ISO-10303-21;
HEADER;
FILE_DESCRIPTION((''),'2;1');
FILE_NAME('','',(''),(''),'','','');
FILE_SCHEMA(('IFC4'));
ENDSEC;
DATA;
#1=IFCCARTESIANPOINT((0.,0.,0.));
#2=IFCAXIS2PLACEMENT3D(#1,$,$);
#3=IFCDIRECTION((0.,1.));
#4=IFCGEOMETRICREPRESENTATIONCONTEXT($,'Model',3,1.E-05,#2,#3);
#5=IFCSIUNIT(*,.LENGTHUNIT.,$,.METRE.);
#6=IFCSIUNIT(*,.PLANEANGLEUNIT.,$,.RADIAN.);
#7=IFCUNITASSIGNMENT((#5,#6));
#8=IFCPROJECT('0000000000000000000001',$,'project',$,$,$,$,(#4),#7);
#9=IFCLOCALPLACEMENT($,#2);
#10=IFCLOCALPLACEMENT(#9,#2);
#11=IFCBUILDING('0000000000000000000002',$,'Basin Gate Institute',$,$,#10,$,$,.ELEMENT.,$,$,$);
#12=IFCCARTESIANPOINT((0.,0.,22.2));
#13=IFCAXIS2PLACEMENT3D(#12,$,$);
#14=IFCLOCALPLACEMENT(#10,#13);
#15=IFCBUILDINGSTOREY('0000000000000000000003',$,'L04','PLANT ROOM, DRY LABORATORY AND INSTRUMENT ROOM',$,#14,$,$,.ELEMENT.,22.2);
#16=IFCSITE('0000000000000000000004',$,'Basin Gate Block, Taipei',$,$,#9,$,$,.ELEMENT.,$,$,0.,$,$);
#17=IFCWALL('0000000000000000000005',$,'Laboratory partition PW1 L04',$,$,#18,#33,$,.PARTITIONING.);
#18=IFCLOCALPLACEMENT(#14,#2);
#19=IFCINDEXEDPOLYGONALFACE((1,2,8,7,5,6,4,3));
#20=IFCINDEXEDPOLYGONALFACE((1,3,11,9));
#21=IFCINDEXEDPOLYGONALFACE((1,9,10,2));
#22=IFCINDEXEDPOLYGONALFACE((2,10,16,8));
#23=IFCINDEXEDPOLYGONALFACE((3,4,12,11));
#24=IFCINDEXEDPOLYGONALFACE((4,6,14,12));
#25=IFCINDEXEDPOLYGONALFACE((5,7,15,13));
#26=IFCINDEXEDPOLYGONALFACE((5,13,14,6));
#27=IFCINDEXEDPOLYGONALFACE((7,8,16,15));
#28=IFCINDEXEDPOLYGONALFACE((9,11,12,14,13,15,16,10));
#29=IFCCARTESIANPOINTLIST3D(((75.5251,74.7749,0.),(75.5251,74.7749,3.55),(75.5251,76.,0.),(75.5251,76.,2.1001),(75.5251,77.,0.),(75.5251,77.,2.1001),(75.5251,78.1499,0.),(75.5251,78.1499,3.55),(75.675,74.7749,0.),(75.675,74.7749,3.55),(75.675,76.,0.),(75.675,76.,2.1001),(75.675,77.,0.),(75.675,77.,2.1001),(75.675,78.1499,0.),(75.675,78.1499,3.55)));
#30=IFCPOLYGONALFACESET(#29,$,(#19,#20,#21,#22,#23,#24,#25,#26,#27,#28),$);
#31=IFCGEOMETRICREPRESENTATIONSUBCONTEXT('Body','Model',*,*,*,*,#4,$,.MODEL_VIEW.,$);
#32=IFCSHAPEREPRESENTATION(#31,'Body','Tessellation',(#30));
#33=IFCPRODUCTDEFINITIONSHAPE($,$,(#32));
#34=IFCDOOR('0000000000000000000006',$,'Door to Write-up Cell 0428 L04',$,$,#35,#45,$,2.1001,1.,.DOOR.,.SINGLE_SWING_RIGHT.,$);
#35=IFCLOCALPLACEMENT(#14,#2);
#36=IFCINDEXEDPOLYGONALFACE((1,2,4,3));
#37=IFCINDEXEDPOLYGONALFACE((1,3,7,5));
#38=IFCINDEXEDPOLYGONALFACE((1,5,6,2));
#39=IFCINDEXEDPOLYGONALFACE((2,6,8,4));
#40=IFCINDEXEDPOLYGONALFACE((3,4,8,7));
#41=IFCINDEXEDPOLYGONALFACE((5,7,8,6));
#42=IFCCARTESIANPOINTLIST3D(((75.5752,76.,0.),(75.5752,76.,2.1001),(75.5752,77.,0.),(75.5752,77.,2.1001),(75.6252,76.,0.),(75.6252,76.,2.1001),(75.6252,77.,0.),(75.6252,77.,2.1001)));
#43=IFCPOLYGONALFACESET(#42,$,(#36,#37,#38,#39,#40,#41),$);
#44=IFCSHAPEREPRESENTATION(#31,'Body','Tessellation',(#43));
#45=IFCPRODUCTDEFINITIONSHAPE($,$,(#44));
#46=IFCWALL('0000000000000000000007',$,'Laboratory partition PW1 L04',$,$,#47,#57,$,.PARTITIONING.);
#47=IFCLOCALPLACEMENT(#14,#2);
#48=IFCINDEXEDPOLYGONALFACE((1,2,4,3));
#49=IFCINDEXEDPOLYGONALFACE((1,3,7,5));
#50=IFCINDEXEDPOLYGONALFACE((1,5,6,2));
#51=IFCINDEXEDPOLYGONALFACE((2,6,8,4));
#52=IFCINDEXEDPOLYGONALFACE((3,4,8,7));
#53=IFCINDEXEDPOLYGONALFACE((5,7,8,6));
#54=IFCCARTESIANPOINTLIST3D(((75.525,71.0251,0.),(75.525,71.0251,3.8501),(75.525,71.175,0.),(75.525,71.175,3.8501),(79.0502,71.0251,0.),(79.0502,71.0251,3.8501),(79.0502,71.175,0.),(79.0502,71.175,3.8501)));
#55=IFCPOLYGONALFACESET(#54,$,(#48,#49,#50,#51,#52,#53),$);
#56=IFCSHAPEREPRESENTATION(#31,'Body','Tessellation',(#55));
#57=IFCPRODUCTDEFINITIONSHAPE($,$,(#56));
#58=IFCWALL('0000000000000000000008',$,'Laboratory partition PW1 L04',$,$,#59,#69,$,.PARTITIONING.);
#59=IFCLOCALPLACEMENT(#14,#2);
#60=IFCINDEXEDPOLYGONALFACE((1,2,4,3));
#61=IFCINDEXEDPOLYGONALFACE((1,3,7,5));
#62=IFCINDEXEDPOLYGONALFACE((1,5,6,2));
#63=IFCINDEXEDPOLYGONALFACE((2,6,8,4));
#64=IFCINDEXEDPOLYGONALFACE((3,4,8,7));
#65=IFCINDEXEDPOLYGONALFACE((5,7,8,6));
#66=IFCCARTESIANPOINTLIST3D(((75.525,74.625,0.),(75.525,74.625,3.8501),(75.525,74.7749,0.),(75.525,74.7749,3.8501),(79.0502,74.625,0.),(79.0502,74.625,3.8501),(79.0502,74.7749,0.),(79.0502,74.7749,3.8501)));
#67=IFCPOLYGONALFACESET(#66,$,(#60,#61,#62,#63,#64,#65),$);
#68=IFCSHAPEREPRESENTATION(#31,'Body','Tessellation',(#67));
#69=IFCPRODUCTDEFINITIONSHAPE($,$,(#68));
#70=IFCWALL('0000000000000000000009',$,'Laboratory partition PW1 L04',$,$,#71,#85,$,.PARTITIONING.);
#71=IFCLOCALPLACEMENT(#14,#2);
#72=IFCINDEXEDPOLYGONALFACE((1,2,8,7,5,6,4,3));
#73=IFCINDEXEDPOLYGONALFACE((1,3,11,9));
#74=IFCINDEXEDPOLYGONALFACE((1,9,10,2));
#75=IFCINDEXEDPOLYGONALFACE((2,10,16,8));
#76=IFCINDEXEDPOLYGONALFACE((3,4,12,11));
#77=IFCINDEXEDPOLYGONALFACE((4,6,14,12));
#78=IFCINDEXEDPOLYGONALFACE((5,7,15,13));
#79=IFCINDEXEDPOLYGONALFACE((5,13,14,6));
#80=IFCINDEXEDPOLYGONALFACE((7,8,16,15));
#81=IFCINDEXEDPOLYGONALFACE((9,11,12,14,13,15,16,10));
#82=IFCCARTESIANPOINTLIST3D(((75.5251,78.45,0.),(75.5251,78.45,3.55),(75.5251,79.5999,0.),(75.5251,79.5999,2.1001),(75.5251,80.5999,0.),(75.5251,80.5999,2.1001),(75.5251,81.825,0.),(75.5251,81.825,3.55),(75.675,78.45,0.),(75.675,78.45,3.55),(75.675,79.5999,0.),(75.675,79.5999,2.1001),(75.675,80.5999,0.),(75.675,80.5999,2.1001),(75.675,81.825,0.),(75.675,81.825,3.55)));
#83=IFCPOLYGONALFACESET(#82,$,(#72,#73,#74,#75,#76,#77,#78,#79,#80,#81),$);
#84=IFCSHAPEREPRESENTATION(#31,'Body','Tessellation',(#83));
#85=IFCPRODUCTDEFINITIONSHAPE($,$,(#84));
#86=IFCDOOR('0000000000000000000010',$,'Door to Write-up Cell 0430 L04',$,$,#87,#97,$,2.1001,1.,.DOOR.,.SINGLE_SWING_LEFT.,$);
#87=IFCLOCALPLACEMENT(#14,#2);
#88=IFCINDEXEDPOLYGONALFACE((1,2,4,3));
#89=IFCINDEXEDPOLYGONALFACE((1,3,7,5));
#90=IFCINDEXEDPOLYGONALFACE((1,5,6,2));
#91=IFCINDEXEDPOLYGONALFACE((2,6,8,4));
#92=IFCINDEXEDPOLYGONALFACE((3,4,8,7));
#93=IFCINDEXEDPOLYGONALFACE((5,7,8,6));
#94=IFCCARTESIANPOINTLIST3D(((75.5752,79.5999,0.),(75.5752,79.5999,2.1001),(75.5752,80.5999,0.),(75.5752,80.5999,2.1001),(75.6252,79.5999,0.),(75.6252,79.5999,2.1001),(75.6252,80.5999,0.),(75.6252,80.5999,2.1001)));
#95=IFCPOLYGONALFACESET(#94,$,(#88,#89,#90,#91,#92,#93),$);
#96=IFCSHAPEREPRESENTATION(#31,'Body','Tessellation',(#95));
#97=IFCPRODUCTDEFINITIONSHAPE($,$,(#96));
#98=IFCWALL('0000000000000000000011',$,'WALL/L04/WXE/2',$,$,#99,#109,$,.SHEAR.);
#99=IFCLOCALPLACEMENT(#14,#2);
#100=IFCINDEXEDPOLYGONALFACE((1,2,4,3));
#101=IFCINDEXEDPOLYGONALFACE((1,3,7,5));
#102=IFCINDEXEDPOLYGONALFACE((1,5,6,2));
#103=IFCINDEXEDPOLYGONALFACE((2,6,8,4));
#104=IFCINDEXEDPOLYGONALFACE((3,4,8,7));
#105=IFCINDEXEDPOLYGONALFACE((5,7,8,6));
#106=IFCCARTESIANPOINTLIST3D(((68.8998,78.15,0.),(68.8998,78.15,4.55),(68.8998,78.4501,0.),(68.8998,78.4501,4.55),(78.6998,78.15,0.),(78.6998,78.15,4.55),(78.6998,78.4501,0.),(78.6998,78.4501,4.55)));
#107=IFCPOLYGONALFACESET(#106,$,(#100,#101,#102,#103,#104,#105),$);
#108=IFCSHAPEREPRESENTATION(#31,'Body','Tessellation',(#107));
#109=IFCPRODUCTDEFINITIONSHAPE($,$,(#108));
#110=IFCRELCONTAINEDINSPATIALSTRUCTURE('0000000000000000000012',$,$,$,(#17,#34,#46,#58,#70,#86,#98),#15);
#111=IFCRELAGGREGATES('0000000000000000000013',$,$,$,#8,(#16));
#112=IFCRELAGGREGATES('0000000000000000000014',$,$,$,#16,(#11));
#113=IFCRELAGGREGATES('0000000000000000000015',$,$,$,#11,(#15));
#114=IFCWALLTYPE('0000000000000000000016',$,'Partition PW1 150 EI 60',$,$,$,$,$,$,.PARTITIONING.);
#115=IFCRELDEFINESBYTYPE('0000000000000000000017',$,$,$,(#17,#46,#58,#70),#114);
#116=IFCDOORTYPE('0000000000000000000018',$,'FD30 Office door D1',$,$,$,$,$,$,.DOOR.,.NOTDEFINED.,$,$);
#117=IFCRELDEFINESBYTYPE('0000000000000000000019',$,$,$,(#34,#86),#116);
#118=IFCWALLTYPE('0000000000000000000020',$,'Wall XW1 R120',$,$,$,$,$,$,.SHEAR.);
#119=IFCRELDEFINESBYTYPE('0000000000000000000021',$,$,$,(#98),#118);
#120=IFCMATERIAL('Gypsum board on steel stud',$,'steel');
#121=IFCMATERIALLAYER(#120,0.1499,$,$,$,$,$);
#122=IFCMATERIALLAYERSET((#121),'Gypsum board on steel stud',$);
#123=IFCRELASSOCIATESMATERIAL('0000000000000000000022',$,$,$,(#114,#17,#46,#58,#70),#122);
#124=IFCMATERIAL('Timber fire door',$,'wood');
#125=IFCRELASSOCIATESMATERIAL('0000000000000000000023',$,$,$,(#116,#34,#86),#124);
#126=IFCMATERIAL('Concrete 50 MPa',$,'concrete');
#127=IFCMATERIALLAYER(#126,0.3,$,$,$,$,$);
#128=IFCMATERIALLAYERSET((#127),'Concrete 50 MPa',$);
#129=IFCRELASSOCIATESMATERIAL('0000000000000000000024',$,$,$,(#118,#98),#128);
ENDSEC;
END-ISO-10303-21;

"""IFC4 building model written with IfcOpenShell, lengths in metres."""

from ifc_helpers import new_model, si_unit, direction, frame, frame_2d, origin, place, context, subcontext, project, spatial, rectangle, extrude, material, layer, layer_set, type_object, element, fill, save


model = new_model("IFC4")

# Units and contexts
model_context = context("Model", 3, precision=1e-05, world=origin(), true_north=direction((0.0, 1.0)))
body_context = subcontext(model_context, "Body", "Model", "MODEL_VIEW")
ifc_project = project(units=[si_unit("LENGTHUNIT", "METRE"), si_unit("PLANEANGLEUNIT", "RADIAN")], contexts=[model_context])

# Site, building, storey
site_placement = place(None, origin())
site = spatial("IfcSite", under=ifc_project, at=site_placement, Name="Basin Gate Block, Taipei", CompositionType="ELEMENT", RefElevation=0.0)
building_placement = place(site_placement, origin())
building = spatial("IfcBuilding", under=site, at=building_placement, Name="Basin Gate Institute", CompositionType="ELEMENT")
storey_placement = place(building_placement, frame((0.0, 0.0, 22.2)))
storey = spatial("IfcBuildingStorey", under=building, at=storey_placement, Name="L04", Description="PLANT ROOM, DRY LABORATORY AND INSTRUMENT ROOM", CompositionType="ELEMENT", Elevation=22.2)

# Shared definitions
ifc_material_1 = material(Name="Gypsum board on steel stud", Category="steel")
ifc_layer_1 = layer(ifc_material_1, 0.1499)
ifc_layer_set_1 = layer_set([ifc_layer_1], Name="Gypsum board on steel stud")
wall_type_1 = type_object("IfcWallType", Name="Partition PW1 150 EI 60", PredefinedType="PARTITIONING", material=ifc_layer_set_1)

# Wall, opening, door
ifc_material_2 = material(Name="Timber fire door", Category="wood")
door_type_1 = type_object("IfcDoorType", Name="FD30 Office door D1", OperationType="NOTDEFINED", PredefinedType="DOOR", material=ifc_material_2)
wall_1_placement = place(storey_placement, frame((75.6001, 74.7749, 0.0), z_axis=(0.0, 0.0, 1.0), x_axis=(0.0, 1.0, 0.0)))
wall_1 = element("IfcWall", 1, at=wall_1_placement, inside=storey, type_object=wall_type_1, material=ifc_layer_set_1, Name="Laboratory partition PW1 L04", PredefinedType="PARTITIONING", context=body_context, shape_type="SweptSolid", body=[
    extrude(rectangle(XDim=3.375, YDim=0.1499, at=frame_2d((1.6875, 0.0))), origin(), (0.0, 0.0, 1.0), 3.55),
])
opening_1_placement = place(wall_1_placement, frame((1.2251, 0.0, 0.0)))
opening_1 = element("IfcOpeningElement", 2, at=opening_1_placement, cuts=wall_1, PredefinedType="OPENING", context=body_context, shape_type="SweptSolid", body=[
    extrude(rectangle(XDim=1.0, YDim=2.1001, at=frame_2d((0.5, 1.05))), frame((0.0, 0.085, 0.0), z_axis=(0.0, -1.0, 0.0), x_axis=(1.0, 0.0, 0.0)), (0.0, 0.0, 1.0), 0.1699),
])
door_1_placement = place(opening_1_placement, origin())
door_1 = element("IfcDoor", 3, at=door_1_placement, inside=storey, type_object=door_type_1, material=ifc_material_2, Name="Door to Write-up Cell 0428 L04", OperationType="SINGLE_SWING_RIGHT", OverallHeight=2.1001, OverallWidth=1.0, PredefinedType="DOOR", context=body_context, shape_type="SweptSolid", body=[
    extrude(rectangle(XDim=1.0, YDim=2.1001, at=frame_2d((0.5, 1.05))), frame((0.0, 0.0249, 0.0), z_axis=(0.0, -1.0, 0.0), x_axis=(1.0, 0.0, 0.0)), (0.0, 0.0, 1.0), 0.05),
])
fill(opening_1, door_1)

# Walls
for number, where, z_axis, x_axis, name in (
    (4, (75.5249, 71.1001, 0.0), (0.0, 0.0, 1.0), (1.0, 0.0, 0.0), "Laboratory partition PW1 L04"),
    (5, (75.5249, 74.7, 0.0), (0.0, 0.0, 1.0), (1.0, 0.0, 0.0), "Laboratory partition PW1 L04"),
):
    element("IfcWall", number, at=place(storey_placement, frame(where, z_axis=z_axis, x_axis=x_axis)), inside=storey, type_object=wall_type_1, material=ifc_layer_set_1, Name=name, PredefinedType="PARTITIONING", context=body_context, shape_type="SweptSolid", body=[
        extrude(rectangle(XDim=3.5251, YDim=0.1499, at=frame_2d((1.7627, 0.0))), origin(), (0.0, 0.0, 1.0), 3.8501),
    ])

# Wall, opening, door
wall_2_placement = place(storey_placement, frame((75.6001, 78.45, 0.0), z_axis=(0.0, 0.0, 1.0), x_axis=(0.0, 1.0, 0.0)))
wall_2 = element("IfcWall", 6, at=wall_2_placement, inside=storey, type_object=wall_type_1, material=ifc_layer_set_1, Name="Laboratory partition PW1 L04", PredefinedType="PARTITIONING", context=body_context, shape_type="SweptSolid", body=[
    extrude(rectangle(XDim=3.375, YDim=0.1499, at=frame_2d((1.6875, 0.0))), origin(), (0.0, 0.0, 1.0), 3.55),
])
opening_2_placement = place(wall_2_placement, frame((1.1499, 0.0, 0.0)))
opening_2 = element("IfcOpeningElement", 7, at=opening_2_placement, cuts=wall_2, PredefinedType="OPENING", context=body_context, shape_type="SweptSolid", body=[
    extrude(rectangle(XDim=1.0, YDim=2.1001, at=frame_2d((0.5, 1.05))), frame((0.0, 0.085, 0.0), z_axis=(0.0, -1.0, 0.0), x_axis=(1.0, 0.0, 0.0)), (0.0, 0.0, 1.0), 0.1699),
])
door_2_placement = place(opening_2_placement, origin())
door_2 = element("IfcDoor", 8, at=door_2_placement, inside=storey, type_object=door_type_1, material=ifc_material_2, Name="Door to Write-up Cell 0430 L04", OperationType="SINGLE_SWING_LEFT", OverallHeight=2.1001, OverallWidth=1.0, PredefinedType="DOOR", context=body_context, shape_type="SweptSolid", body=[
    extrude(rectangle(XDim=1.0, YDim=2.1001, at=frame_2d((0.5, 1.05))), frame((0.0, 0.0249, 0.0), z_axis=(0.0, -1.0, 0.0), x_axis=(1.0, 0.0, 0.0)), (0.0, 0.0, 1.0), 0.05),
])
fill(opening_2, door_2)

# Wall
ifc_material_3 = material(Name="Concrete 50 MPa", Category="concrete")
ifc_layer_2 = layer(ifc_material_3, 0.3)
ifc_layer_set_2 = layer_set([ifc_layer_2], Name="Concrete 50 MPa")
wall_type_2 = type_object("IfcWallType", Name="Wall XW1 R120", PredefinedType="SHEAR", material=ifc_layer_set_2)
wall_3_placement = place(storey_placement, frame((68.8999, 78.3, 0.0), z_axis=(0.0, 0.0, 1.0), x_axis=(1.0, 0.0, 0.0)))
element("IfcWall", 9, at=wall_3_placement, inside=storey, type_object=wall_type_2, material=ifc_layer_set_2, Name="WALL/L04/WXE/2", PredefinedType="SHEAR", context=body_context, shape_type="SweptSolid", body=[
    extrude(rectangle(XDim=9.8, YDim=0.3, at=frame_2d((4.8999, 0.0))), origin(), (0.0, 0.0, 1.0), 4.55),
])

save(model, "model.ifc")
